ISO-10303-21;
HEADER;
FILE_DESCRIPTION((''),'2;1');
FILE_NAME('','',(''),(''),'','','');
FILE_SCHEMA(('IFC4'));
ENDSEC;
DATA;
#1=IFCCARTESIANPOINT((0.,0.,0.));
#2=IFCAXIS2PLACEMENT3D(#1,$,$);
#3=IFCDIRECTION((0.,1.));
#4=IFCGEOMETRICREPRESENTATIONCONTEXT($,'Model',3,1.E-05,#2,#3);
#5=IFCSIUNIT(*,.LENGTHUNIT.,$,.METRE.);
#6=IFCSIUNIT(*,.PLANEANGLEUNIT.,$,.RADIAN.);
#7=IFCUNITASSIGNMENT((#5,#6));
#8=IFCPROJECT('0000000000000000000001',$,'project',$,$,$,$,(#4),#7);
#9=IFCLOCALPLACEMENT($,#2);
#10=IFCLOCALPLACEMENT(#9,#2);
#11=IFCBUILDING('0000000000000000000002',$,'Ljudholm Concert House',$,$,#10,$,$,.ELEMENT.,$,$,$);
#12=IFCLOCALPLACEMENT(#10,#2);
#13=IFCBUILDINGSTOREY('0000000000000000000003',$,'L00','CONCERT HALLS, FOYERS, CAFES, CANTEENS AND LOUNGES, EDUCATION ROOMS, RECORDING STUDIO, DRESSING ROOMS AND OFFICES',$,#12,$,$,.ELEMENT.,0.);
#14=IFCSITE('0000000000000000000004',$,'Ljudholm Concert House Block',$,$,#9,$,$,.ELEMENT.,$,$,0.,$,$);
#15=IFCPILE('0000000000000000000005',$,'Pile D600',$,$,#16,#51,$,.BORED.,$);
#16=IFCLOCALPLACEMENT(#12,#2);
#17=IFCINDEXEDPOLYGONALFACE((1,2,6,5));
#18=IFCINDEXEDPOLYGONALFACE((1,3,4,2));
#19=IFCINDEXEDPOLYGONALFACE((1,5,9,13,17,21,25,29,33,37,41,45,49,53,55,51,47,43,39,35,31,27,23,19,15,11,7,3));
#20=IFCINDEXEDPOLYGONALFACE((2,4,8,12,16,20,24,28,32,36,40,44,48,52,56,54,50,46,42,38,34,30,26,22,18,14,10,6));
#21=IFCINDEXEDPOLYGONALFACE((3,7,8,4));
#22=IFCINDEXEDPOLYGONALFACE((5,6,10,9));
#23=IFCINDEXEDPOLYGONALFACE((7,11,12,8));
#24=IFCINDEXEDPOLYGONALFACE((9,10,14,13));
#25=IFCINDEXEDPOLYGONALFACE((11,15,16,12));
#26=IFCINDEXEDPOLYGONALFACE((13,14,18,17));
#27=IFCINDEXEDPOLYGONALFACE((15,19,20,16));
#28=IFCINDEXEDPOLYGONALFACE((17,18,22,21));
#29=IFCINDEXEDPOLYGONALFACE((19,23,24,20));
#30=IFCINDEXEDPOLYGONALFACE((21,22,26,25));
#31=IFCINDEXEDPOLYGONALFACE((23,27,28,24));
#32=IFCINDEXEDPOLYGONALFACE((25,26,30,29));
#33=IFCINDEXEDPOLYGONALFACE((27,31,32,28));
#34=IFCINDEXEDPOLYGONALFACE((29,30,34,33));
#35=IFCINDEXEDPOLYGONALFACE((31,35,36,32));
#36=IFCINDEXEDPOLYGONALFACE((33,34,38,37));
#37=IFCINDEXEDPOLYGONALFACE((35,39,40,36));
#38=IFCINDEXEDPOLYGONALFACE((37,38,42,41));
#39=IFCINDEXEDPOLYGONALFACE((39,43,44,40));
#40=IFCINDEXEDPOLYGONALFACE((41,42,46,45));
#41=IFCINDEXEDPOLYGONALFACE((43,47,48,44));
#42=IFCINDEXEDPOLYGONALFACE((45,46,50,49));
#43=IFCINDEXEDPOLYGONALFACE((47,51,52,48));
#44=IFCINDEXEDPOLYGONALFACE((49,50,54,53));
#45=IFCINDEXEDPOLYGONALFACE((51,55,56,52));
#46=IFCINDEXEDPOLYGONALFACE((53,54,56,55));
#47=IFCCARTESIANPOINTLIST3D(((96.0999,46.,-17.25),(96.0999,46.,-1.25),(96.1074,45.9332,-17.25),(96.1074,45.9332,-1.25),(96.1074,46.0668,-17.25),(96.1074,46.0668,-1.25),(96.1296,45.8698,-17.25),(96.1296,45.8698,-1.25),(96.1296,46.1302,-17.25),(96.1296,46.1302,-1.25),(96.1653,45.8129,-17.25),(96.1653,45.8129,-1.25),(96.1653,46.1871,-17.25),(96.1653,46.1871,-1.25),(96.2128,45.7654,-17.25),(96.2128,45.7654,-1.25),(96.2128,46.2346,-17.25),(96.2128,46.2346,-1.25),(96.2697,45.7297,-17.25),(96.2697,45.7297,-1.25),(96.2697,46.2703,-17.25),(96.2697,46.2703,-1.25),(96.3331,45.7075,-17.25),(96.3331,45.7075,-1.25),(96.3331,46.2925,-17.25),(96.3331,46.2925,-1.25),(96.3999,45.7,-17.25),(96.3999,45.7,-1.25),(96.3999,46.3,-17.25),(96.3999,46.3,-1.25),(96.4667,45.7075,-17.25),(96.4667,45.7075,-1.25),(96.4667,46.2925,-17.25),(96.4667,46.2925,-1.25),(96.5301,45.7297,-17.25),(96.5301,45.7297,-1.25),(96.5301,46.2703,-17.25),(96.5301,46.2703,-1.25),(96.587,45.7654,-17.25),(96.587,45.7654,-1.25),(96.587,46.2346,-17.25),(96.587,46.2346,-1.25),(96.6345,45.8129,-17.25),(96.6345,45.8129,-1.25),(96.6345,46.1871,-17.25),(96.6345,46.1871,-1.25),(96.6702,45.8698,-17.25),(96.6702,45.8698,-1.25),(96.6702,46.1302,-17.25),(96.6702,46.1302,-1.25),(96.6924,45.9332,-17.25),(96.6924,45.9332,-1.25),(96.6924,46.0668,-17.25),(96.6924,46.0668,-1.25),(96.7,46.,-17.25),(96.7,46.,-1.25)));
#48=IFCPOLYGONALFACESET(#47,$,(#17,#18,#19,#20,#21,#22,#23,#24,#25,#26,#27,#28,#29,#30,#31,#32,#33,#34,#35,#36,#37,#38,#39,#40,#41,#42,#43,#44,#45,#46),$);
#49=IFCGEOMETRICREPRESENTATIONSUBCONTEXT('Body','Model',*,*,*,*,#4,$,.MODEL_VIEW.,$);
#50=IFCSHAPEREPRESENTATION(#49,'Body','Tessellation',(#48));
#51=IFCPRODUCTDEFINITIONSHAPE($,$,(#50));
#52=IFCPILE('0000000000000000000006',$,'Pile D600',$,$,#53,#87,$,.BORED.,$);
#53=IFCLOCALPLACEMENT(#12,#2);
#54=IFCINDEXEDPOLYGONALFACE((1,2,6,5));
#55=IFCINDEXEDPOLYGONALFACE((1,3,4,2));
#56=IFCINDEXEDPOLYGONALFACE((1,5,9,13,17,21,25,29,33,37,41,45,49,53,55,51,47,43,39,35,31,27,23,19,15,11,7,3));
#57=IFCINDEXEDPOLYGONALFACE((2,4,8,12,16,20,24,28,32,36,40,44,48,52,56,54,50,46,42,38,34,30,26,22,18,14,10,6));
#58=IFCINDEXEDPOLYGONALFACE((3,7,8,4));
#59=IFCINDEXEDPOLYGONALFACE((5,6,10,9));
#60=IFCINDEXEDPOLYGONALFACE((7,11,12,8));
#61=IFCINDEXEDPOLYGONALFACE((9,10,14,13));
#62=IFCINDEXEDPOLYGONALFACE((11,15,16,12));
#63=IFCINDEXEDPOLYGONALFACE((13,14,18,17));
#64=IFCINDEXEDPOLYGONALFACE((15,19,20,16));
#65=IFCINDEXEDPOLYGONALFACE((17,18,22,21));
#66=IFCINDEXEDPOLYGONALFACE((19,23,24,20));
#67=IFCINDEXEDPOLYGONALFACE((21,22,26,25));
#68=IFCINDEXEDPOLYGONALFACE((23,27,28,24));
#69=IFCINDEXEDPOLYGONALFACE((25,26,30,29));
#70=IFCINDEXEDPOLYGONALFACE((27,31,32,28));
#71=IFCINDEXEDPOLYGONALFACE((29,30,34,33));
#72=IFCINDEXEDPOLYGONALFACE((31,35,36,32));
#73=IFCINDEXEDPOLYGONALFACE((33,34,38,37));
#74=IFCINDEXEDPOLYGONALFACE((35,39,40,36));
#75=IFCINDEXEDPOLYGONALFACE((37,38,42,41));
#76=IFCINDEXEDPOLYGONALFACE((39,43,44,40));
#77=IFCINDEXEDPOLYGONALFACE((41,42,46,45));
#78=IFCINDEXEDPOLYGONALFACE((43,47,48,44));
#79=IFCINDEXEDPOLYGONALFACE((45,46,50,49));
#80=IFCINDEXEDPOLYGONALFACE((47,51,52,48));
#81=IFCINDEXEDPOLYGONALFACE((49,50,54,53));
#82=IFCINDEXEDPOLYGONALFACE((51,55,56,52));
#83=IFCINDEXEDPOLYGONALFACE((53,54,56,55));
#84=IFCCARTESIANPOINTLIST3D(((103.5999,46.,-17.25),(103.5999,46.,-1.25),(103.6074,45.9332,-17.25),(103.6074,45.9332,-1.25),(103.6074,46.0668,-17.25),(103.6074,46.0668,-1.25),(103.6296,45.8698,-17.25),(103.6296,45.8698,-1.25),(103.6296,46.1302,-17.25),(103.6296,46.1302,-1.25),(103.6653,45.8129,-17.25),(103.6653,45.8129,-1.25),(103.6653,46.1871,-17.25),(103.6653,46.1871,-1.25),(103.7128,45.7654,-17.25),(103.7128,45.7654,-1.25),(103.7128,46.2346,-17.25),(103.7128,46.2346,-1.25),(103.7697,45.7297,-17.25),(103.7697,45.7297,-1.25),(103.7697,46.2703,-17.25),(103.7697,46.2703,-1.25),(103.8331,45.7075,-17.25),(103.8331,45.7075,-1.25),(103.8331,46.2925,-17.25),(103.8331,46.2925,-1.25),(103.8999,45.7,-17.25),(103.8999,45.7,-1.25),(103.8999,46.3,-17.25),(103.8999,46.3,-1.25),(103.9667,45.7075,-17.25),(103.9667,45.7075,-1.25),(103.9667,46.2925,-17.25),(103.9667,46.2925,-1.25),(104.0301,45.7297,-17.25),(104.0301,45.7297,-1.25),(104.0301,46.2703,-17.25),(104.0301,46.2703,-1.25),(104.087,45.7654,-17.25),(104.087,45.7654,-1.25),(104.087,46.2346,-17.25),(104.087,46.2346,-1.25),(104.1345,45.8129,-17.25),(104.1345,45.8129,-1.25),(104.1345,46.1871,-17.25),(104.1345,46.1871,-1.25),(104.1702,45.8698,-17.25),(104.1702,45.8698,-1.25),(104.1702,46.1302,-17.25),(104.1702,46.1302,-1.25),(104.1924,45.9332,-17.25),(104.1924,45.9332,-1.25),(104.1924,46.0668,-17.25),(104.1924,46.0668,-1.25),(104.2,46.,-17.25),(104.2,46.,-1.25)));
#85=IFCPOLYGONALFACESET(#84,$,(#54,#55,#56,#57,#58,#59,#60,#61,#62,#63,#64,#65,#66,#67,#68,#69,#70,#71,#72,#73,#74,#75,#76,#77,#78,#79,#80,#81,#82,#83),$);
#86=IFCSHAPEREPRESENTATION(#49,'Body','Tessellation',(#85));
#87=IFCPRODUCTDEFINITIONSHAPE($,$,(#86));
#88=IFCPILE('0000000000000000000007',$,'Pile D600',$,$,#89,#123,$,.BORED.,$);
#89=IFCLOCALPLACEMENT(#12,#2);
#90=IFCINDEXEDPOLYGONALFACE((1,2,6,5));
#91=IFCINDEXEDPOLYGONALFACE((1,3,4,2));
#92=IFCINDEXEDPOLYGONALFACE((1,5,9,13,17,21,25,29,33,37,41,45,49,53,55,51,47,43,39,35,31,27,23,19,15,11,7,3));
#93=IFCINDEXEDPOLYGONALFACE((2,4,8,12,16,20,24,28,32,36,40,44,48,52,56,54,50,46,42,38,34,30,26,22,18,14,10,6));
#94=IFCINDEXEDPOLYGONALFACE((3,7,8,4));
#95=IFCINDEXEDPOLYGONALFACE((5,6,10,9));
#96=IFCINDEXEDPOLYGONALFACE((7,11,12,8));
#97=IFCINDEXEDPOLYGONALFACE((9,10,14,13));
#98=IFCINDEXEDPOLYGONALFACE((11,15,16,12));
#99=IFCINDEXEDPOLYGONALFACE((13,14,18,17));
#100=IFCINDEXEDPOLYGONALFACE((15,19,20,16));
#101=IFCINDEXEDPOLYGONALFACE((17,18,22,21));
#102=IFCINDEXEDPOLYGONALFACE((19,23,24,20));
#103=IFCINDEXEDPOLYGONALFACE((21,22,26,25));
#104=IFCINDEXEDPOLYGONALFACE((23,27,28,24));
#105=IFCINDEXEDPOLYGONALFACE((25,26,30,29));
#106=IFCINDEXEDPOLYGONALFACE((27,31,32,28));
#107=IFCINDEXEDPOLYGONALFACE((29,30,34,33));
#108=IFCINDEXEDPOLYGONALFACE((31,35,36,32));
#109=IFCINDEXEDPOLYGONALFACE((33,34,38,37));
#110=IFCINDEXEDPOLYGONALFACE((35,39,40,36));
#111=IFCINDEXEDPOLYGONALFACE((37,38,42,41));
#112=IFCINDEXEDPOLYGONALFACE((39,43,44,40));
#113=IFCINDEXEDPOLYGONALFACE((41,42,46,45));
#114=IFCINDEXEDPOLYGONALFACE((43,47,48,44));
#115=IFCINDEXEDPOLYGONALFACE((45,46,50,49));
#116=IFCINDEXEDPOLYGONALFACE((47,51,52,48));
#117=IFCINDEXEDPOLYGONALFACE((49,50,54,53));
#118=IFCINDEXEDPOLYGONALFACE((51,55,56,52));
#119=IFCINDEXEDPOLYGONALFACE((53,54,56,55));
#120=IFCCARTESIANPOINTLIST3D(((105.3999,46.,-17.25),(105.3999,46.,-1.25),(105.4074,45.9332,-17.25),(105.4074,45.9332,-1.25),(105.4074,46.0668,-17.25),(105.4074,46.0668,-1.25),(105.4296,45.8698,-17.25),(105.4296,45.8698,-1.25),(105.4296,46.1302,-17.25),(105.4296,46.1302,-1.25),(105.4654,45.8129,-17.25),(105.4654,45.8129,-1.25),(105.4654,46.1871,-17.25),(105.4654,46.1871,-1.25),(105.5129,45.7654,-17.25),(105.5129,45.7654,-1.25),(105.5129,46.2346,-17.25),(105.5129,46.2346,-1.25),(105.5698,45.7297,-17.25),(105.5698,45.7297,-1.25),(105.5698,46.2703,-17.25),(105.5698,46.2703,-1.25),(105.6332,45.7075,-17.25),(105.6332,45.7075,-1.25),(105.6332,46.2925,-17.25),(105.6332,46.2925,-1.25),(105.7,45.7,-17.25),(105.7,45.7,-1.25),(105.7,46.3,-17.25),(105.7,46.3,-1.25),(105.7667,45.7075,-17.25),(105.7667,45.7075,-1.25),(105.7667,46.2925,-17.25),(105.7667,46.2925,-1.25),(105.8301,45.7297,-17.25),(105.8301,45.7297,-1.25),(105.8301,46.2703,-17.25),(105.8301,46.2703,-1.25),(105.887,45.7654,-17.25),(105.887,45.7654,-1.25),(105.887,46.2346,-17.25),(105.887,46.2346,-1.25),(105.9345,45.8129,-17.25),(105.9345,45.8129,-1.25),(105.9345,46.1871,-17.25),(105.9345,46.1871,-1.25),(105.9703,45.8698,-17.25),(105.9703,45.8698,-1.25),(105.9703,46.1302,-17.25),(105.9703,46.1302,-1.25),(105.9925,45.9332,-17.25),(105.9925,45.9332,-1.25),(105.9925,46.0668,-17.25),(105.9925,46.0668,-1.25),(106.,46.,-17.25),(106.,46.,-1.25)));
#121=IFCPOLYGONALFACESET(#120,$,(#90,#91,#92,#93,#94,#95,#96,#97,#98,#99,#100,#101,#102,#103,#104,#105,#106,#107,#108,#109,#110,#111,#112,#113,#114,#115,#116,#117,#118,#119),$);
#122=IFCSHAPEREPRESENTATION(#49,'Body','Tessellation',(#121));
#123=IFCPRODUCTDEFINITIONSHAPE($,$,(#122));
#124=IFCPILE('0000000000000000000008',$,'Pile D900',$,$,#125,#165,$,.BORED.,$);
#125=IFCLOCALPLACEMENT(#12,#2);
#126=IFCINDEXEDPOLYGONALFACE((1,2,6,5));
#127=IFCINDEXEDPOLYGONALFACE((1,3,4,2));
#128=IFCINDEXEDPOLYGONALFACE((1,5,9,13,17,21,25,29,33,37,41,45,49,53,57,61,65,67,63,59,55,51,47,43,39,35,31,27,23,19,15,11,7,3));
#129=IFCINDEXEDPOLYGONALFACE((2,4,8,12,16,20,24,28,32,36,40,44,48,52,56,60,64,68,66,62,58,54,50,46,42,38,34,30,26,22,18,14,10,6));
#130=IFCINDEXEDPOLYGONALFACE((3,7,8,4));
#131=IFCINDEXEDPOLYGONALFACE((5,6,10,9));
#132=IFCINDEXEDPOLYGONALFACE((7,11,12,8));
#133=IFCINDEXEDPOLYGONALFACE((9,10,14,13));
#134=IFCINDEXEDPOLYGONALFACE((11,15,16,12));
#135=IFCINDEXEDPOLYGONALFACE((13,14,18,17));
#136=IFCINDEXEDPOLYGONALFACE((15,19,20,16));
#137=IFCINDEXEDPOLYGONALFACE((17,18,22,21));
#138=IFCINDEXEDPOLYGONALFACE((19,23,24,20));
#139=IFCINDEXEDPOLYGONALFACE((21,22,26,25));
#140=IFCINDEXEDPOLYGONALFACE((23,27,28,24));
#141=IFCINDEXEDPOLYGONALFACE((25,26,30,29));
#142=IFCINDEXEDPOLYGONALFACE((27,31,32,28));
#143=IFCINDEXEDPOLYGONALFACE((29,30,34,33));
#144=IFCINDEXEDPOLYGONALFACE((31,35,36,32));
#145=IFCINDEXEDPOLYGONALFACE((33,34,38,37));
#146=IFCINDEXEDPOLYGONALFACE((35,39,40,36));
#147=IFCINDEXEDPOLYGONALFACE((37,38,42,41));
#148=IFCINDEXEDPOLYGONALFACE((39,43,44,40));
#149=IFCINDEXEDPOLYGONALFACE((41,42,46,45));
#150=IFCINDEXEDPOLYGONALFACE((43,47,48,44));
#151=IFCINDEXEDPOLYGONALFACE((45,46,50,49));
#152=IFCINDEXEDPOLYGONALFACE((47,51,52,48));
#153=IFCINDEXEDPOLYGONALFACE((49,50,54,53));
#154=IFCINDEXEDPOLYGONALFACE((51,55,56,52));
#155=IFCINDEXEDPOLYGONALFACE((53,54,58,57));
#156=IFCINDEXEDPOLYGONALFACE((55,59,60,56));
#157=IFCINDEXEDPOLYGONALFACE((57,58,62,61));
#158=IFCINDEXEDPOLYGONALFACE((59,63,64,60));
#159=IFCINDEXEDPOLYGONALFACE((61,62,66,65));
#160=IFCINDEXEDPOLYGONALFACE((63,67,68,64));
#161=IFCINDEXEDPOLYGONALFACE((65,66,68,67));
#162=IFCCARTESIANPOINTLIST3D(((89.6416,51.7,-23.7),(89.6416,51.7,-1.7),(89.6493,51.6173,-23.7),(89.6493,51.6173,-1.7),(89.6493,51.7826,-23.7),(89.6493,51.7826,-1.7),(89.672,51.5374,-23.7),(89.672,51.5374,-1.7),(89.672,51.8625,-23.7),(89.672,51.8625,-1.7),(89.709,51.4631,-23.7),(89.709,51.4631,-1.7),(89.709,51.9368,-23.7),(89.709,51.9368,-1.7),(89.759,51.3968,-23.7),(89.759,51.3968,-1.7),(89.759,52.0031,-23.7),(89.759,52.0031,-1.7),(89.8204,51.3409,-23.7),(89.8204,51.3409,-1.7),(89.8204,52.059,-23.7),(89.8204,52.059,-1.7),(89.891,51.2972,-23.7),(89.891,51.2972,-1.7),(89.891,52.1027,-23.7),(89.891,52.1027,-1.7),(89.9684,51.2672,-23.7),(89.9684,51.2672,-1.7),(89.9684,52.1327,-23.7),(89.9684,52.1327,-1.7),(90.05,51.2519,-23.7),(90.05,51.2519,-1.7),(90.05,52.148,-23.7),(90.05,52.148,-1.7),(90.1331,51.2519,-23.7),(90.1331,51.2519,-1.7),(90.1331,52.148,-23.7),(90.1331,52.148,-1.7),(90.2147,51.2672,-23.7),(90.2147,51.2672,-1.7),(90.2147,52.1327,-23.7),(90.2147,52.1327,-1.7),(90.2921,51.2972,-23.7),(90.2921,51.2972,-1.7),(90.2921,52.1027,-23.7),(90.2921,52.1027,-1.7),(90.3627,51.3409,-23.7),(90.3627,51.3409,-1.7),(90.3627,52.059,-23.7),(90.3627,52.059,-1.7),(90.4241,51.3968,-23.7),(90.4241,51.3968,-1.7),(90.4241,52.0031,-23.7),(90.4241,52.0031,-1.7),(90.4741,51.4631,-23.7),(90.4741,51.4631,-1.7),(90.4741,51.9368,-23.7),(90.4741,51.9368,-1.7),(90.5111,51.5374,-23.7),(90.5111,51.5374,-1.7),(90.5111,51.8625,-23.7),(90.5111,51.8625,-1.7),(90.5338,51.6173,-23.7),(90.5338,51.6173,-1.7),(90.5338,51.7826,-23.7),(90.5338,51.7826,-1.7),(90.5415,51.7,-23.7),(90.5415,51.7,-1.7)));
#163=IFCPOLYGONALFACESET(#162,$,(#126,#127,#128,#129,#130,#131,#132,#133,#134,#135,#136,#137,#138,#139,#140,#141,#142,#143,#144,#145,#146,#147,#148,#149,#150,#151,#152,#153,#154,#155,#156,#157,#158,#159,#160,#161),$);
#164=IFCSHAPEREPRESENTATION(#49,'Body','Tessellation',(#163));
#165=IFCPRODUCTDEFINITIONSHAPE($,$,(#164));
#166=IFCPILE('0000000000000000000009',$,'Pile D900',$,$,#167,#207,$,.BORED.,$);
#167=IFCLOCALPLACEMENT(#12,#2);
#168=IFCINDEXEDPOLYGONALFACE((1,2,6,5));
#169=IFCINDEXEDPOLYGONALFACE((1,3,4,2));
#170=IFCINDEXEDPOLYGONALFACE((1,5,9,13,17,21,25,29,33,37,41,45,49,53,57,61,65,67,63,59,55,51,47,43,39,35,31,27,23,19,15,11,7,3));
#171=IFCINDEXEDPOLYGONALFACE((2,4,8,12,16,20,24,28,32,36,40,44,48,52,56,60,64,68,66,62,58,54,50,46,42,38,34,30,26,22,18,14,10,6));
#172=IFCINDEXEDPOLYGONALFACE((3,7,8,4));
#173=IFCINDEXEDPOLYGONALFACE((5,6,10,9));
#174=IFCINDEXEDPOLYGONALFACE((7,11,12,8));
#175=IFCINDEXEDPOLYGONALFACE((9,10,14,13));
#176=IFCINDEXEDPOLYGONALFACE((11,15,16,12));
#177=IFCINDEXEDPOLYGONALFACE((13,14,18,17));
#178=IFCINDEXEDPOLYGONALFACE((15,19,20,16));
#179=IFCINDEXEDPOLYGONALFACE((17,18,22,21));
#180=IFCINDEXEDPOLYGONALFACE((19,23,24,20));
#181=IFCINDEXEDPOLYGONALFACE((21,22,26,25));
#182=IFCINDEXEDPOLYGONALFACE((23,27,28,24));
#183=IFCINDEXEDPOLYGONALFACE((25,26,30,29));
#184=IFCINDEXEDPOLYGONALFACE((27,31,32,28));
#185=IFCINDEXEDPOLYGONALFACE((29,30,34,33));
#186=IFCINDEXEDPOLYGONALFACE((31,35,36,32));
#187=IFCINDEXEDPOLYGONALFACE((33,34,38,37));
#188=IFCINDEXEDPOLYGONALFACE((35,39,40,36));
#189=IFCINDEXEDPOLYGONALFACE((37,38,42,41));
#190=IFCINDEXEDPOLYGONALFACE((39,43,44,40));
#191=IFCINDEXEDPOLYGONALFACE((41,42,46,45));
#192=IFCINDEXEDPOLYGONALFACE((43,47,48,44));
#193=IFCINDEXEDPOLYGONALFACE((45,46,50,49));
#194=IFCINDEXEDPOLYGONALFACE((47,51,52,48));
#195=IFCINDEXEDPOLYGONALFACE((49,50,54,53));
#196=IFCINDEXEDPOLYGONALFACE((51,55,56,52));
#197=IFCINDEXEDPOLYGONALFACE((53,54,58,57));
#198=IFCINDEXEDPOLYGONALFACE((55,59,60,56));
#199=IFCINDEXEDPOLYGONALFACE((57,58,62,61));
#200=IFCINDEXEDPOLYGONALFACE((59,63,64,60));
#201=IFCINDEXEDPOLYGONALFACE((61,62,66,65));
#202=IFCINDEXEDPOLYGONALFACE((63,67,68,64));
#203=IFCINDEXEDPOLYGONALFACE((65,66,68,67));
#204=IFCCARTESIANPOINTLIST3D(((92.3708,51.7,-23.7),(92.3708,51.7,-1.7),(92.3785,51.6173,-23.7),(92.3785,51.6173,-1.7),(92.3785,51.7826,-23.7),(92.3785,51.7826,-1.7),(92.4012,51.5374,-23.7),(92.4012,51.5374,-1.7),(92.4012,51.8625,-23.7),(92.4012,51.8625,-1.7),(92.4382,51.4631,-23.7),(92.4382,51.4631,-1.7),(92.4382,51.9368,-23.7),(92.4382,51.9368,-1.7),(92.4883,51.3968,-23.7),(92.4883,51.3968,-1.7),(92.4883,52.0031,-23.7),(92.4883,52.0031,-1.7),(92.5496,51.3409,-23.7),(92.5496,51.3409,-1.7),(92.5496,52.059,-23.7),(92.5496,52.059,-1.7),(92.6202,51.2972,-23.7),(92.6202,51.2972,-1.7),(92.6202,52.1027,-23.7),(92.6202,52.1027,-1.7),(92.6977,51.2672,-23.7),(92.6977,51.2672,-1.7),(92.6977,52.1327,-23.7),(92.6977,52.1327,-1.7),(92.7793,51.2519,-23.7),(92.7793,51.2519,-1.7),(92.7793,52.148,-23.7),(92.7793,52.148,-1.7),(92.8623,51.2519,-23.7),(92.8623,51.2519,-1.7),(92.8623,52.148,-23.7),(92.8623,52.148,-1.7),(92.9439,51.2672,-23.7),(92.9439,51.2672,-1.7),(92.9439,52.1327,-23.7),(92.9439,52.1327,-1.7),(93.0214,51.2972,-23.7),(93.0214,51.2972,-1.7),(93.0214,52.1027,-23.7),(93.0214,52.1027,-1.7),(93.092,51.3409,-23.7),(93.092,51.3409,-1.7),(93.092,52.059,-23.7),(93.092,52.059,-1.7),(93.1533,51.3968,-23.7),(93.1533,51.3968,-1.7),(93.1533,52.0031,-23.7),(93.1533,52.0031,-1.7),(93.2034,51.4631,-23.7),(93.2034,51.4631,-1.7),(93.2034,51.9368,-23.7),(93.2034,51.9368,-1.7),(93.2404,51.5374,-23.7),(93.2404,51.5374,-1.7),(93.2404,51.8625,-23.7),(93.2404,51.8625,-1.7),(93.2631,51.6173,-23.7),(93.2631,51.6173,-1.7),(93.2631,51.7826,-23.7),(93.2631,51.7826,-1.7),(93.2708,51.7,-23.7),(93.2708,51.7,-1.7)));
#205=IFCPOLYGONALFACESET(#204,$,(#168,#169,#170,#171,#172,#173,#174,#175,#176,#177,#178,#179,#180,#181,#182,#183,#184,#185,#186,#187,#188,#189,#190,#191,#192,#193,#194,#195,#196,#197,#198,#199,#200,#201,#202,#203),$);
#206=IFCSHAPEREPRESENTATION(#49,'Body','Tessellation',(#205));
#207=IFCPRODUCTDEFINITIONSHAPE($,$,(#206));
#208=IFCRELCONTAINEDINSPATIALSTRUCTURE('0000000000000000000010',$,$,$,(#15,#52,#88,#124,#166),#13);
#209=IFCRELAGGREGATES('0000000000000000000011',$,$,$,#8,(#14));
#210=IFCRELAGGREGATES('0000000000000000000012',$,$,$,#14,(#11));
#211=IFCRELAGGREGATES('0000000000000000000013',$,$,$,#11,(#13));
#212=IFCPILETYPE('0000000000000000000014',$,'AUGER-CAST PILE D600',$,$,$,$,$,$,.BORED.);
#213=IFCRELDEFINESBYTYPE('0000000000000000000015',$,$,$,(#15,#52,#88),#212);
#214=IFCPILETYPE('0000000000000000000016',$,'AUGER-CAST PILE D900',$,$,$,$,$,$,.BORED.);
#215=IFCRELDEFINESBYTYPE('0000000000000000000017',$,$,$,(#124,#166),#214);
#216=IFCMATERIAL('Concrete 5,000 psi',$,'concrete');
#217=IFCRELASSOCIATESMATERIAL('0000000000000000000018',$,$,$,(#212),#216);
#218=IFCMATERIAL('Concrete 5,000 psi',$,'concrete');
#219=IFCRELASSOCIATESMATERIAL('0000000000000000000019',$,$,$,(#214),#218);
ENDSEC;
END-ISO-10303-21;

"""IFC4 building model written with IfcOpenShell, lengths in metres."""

from ifc_helpers import new_model, si_unit, direction, frame, origin, origin_2d, place, context, subcontext, project, spatial, circle, extrude, material, material_profile, profile_set, type_object, element, save


model = new_model("IFC4")

# Units and contexts
model_context = context("Model", 3, precision=1e-05, world=origin(), true_north=direction((0.0, 1.0)))
body_context = subcontext(model_context, "Body", "Model", "MODEL_VIEW")
ifc_project = project(units=[si_unit("LENGTHUNIT", "METRE"), si_unit("PLANEANGLEUNIT", "RADIAN")], contexts=[model_context])

# Site, building, storey
site_placement = place(None, origin())
site = spatial("IfcSite", under=ifc_project, at=site_placement, Name="Ljudholm Concert House Block", CompositionType="ELEMENT", RefElevation=0.0)
building_placement = place(site_placement, origin())
building = spatial("IfcBuilding", under=site, at=building_placement, Name="Ljudholm Concert House", CompositionType="ELEMENT")
storey_placement = place(building_placement, origin())
storey = spatial("IfcBuildingStorey", under=building, at=storey_placement, Name="L00", Description="CONCERT HALLS, FOYERS, CAFES, CANTEENS AND LOUNGES, EDUCATION ROOMS, RECORDING STUDIO, DRESSING ROOMS AND OFFICES", CompositionType="ELEMENT", Elevation=0.0)

# Piles
ifc_material_1 = material(Name="Concrete 5,000 psi", Category="concrete")
ifc_material_profile_1 = material_profile(ifc_material_1, circle(Radius=0.3, at=origin_2d()), Name="AUGER-CAST PILE D600")
ifc_profile_set_1 = profile_set([ifc_material_profile_1], Name="Concrete 5,000 psi")
pile_type_1 = type_object("IfcPileType", Name="AUGER-CAST PILE D600", PredefinedType="BORED", material=ifc_profile_set_1)
for number, where, z_axis, x_axis, name in (
    (1, (96.3999, 46.0, -1.25), (0.0, 0.0, -1.0), (1.0, 0.0, 0.0), "Pile D600"),
    (2, (103.8999, 46.0, -1.25), (0.0, 0.0, -1.0), (1.0, 0.0, 0.0), "Pile D600"),
    (3, (105.7, 46.0, -1.25), (0.0, 0.0, -1.0), (1.0, 0.0, 0.0), "Pile D600"),
):
    element("IfcPile", number, at=place(storey_placement, frame(where, z_axis=z_axis, x_axis=x_axis)), inside=storey, type_object=pile_type_1, Name=name, PredefinedType="BORED", context=body_context, shape_type="SweptSolid", body=[
        extrude(circle(Radius=0.3, at=origin_2d()), origin(), (0.0, 0.0, 1.0), 16.0),
    ])
ifc_material_2 = material(Name="Concrete 5,000 psi", Category="concrete")
ifc_material_profile_2 = material_profile(ifc_material_2, circle(Radius=0.45, at=origin_2d()), Name="AUGER-CAST PILE D900")
ifc_profile_set_2 = profile_set([ifc_material_profile_2], Name="Concrete 5,000 psi")
pile_type_2 = type_object("IfcPileType", Name="AUGER-CAST PILE D900", PredefinedType="BORED", material=ifc_profile_set_2)
for number, where, z_axis, x_axis, name in (
    (4, (90.0916, 51.7, -1.7), (0.0, 0.0, -1.0), (1.0, 0.0, 0.0), "Pile D900"),
    (5, (92.8208, 51.7, -1.7), (0.0, 0.0, -1.0), (1.0, 0.0, 0.0), "Pile D900"),
):
    element("IfcPile", number, at=place(storey_placement, frame(where, z_axis=z_axis, x_axis=x_axis)), inside=storey, type_object=pile_type_2, Name=name, PredefinedType="BORED", context=body_context, shape_type="SweptSolid", body=[
        extrude(circle(Radius=0.45, at=origin_2d()), origin(), (0.0, 0.0, 1.0), 22.0),
    ])

save(model, "model.ifc")
